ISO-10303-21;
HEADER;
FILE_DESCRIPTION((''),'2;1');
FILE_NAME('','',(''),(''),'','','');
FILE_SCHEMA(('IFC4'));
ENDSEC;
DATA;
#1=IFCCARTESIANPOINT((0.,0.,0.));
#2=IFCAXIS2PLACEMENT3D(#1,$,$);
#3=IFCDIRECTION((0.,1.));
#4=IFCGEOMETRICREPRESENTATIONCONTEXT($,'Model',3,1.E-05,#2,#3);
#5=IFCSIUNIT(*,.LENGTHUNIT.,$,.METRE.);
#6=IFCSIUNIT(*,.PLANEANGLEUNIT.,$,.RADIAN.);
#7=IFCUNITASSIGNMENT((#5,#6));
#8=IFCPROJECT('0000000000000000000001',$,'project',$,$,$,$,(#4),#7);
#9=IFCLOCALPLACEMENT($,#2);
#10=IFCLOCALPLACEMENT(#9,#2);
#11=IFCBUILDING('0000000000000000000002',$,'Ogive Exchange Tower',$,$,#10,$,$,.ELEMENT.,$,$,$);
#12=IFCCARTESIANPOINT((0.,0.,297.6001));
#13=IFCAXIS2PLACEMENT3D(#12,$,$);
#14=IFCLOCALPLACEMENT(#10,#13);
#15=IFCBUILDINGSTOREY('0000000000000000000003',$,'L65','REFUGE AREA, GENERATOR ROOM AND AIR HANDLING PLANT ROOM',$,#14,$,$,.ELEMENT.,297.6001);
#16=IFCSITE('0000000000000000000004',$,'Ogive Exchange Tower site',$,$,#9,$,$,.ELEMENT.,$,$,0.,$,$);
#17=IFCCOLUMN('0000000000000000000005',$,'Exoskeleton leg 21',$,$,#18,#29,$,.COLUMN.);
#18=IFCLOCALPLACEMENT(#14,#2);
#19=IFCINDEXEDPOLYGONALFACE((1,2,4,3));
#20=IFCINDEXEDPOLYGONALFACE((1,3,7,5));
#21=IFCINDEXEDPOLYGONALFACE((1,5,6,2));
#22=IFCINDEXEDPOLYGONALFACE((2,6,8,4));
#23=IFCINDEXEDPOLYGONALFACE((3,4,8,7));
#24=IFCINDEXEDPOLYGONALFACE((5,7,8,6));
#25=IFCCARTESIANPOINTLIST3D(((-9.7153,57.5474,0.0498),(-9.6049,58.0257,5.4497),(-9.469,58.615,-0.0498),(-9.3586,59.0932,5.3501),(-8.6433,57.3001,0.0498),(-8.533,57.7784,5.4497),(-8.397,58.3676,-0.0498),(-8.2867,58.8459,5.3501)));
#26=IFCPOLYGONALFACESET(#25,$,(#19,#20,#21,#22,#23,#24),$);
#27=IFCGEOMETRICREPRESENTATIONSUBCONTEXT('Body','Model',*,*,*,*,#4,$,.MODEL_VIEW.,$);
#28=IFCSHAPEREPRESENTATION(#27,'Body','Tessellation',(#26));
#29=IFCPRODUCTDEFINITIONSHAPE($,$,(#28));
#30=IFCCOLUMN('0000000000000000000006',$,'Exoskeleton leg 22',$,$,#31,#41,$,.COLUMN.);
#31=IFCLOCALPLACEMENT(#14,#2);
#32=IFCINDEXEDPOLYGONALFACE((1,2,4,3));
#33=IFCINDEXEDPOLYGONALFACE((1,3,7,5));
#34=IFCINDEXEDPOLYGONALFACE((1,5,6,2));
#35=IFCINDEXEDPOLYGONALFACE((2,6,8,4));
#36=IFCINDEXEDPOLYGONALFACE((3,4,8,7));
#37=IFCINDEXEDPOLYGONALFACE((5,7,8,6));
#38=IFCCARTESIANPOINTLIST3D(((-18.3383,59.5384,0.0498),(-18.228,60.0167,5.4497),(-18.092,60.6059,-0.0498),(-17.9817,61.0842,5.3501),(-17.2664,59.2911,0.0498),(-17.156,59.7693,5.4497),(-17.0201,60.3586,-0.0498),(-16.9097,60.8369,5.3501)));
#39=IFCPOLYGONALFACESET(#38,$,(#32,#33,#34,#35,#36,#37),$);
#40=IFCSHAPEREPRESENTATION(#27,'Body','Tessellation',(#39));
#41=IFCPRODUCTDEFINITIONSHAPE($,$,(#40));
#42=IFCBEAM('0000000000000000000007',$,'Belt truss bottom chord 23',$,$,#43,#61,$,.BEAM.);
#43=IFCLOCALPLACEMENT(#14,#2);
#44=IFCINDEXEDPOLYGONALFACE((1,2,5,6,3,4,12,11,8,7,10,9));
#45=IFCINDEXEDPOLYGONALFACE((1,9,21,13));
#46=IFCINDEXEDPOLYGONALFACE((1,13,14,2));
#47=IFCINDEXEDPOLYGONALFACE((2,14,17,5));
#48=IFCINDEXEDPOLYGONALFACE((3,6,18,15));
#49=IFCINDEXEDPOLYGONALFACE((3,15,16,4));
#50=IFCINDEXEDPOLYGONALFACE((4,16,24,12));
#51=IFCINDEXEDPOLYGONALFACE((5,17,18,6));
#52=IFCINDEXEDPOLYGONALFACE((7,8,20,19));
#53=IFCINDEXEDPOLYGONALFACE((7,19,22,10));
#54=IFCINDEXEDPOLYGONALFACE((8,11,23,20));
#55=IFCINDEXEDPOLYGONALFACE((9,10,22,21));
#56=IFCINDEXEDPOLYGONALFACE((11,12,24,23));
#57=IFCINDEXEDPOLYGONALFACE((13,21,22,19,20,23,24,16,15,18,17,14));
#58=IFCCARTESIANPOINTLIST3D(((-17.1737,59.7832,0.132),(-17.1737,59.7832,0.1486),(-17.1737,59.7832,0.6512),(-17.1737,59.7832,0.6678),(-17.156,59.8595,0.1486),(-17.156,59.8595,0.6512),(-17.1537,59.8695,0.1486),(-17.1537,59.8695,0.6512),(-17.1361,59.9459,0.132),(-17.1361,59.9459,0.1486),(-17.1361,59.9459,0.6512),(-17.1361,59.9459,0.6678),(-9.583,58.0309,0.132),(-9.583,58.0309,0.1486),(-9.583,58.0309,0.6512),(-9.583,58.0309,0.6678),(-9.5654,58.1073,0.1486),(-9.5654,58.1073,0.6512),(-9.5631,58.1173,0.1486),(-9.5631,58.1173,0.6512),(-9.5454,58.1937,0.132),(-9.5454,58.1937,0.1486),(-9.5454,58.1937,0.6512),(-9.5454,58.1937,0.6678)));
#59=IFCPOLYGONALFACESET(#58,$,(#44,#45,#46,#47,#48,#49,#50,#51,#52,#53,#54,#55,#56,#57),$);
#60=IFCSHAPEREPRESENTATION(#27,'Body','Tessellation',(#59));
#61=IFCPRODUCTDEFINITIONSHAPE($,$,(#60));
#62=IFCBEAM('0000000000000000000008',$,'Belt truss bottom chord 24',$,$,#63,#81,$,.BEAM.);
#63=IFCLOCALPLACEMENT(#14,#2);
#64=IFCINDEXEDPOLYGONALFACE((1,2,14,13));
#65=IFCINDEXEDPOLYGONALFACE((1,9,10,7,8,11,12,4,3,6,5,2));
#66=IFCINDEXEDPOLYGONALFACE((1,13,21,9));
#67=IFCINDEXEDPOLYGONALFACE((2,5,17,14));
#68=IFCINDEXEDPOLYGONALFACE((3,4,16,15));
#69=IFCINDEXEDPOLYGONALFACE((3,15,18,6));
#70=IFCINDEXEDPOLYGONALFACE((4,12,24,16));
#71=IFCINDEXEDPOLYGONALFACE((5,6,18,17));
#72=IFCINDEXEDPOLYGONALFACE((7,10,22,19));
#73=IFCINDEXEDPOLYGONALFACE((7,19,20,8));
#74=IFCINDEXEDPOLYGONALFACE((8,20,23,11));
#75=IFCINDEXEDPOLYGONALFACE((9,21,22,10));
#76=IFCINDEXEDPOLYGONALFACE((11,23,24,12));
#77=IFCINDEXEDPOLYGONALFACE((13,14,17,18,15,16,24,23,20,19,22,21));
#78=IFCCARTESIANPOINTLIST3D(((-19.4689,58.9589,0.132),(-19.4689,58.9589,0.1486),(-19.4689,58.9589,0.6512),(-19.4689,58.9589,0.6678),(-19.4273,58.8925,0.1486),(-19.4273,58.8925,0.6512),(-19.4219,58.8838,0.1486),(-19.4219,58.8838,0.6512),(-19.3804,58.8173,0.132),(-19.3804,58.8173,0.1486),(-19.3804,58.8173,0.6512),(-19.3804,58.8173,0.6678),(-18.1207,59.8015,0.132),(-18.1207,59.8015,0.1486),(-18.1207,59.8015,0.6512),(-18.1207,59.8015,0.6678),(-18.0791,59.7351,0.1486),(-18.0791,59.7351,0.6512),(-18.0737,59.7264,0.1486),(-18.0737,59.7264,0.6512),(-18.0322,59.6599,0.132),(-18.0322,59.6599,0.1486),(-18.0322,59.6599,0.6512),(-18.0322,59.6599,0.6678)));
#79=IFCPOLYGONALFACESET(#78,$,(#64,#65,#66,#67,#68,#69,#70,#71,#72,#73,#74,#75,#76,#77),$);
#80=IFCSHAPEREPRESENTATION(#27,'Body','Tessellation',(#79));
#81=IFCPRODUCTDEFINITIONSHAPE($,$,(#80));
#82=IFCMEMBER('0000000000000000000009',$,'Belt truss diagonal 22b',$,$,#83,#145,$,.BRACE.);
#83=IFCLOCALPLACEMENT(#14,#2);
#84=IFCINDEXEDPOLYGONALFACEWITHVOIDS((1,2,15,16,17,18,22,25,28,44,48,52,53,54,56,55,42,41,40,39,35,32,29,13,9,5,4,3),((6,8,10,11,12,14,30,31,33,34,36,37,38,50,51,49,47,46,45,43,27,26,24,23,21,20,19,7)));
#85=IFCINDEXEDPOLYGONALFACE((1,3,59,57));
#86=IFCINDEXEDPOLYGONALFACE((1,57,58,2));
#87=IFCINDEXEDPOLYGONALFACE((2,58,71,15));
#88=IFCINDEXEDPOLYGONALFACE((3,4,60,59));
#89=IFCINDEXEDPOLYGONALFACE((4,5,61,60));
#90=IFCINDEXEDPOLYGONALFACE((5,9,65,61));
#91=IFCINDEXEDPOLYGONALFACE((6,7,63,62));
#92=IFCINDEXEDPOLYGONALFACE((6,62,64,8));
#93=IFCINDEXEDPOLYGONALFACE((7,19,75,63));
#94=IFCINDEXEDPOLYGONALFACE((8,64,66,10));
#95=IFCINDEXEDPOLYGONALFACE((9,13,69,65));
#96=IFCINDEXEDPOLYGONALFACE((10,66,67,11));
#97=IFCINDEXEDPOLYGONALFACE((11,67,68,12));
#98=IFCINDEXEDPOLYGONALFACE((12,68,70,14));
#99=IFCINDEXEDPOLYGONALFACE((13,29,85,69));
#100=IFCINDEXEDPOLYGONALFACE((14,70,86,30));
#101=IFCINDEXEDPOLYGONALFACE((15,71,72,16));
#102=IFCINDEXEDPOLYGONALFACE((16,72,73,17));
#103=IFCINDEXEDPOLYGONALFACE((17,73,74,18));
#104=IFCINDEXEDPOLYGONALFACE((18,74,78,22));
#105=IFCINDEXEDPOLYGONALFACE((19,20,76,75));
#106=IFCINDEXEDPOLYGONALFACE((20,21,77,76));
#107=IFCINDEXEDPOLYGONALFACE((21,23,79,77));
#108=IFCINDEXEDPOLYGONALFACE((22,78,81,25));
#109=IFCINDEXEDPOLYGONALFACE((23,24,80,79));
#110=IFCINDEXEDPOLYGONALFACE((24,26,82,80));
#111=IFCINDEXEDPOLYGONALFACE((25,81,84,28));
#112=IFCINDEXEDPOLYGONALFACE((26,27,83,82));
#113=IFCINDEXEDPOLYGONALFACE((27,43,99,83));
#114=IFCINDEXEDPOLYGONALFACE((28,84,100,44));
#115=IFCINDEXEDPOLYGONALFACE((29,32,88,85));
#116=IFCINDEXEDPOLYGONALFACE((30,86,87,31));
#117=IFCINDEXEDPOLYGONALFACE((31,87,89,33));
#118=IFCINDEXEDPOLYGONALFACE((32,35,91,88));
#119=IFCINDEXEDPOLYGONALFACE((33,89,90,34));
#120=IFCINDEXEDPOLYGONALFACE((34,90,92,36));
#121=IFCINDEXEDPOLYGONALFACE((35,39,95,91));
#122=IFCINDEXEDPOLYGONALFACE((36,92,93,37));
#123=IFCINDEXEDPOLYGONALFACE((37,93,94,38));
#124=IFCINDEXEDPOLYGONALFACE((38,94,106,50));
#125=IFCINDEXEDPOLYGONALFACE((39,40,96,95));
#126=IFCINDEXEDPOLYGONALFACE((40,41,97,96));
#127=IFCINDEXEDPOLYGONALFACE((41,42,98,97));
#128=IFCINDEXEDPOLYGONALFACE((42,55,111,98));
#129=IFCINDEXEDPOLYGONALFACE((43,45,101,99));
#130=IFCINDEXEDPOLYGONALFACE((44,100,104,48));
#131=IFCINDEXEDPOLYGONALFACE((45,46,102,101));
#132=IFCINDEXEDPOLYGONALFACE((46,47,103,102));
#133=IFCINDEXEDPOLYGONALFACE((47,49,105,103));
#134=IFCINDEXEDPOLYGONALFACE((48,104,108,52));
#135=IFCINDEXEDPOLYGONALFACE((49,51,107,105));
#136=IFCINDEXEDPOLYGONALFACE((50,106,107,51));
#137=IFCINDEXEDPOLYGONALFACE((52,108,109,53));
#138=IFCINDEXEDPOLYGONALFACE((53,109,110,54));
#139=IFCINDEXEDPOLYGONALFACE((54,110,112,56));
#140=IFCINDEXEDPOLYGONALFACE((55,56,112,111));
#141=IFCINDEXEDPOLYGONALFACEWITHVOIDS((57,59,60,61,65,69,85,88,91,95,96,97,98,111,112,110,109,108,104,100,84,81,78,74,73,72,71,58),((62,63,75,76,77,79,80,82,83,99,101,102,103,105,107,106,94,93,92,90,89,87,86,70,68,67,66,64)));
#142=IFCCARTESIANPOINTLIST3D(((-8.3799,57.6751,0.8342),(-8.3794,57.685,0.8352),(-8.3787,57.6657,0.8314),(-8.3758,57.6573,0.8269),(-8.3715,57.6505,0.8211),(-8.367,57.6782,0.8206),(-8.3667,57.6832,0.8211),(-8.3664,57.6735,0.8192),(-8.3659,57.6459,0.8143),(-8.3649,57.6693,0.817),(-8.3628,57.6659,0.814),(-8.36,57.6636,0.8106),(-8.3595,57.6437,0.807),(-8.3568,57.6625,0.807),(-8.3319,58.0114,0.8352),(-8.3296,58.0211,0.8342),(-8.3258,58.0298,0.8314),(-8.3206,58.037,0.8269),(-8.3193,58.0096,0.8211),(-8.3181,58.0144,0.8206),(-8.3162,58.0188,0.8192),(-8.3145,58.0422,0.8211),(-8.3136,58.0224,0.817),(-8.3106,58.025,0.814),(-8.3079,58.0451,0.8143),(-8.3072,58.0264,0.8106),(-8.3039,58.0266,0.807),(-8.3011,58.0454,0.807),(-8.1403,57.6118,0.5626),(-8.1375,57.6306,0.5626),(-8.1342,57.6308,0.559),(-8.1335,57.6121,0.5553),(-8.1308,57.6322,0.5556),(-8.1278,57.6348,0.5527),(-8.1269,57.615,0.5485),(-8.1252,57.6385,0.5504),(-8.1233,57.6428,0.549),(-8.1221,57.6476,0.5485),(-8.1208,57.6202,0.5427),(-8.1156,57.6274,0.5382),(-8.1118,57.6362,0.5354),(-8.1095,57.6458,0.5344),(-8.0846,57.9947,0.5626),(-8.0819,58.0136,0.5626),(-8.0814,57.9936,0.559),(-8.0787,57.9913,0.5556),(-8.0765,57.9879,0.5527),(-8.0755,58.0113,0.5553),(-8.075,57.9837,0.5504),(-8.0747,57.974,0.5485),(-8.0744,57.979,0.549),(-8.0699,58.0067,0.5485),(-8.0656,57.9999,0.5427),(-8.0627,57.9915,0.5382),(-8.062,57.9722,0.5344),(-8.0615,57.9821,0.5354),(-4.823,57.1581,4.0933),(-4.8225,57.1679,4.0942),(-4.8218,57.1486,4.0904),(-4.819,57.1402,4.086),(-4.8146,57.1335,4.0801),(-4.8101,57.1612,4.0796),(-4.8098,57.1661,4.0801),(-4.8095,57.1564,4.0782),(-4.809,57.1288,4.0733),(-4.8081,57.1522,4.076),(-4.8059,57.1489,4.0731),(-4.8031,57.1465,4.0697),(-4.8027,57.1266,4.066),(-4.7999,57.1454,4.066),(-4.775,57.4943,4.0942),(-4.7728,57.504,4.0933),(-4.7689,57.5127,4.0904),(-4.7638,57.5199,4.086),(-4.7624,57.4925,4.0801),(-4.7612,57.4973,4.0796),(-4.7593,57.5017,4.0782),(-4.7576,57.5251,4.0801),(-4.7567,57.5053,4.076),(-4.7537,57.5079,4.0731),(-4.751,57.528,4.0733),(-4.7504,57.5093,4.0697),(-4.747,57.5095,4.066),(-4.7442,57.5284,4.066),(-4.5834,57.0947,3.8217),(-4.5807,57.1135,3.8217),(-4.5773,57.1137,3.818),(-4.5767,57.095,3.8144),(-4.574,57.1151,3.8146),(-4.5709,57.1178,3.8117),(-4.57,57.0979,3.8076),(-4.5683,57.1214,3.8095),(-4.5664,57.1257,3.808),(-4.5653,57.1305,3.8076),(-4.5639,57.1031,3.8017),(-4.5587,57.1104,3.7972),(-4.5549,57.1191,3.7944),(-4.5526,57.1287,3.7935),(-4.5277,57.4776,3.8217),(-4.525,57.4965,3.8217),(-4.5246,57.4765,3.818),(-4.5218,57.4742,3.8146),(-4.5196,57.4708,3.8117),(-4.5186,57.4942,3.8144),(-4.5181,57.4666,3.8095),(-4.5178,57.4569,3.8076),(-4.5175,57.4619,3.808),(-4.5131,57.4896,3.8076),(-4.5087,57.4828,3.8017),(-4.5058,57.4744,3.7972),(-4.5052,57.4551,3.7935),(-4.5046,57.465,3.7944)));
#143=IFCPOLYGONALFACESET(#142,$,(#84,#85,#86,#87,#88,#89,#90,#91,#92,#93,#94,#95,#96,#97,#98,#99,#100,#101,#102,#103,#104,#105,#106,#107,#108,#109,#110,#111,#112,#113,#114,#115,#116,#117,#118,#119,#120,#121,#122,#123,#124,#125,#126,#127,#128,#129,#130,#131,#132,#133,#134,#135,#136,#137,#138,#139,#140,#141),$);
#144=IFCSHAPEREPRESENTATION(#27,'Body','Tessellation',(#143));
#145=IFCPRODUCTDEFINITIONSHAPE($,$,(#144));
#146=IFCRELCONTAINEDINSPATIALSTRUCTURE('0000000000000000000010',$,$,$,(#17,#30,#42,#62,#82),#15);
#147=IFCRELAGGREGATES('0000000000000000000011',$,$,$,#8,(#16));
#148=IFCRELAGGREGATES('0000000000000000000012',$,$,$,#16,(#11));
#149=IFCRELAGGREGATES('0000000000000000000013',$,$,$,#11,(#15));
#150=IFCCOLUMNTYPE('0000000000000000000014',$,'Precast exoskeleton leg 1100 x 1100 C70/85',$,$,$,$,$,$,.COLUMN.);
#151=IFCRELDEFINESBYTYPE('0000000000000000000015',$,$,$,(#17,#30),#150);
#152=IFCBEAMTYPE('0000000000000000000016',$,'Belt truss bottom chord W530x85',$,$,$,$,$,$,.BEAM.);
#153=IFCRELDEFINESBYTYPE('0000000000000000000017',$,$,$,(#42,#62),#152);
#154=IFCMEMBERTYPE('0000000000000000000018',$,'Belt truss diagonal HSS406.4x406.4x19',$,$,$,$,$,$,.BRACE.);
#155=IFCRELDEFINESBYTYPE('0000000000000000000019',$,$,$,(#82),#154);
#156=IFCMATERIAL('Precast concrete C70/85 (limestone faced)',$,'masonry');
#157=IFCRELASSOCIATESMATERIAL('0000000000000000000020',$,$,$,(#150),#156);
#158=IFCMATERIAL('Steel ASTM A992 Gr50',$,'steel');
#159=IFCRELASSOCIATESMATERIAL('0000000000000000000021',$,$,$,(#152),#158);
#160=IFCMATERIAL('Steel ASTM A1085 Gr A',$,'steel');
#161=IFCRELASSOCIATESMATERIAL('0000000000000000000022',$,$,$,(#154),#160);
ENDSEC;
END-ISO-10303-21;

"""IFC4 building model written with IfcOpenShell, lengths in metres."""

from ifc_helpers import new_model, si_unit, direction, frame, origin, origin_2d, place, context, subcontext, project, spatial, rectangle, hollow_rectangle, i_section, extrude, material, material_profile, profile_set, type_object, element, save


model = new_model("IFC4")

# Units and contexts
model_context = context("Model", 3, precision=1e-05, world=origin(), true_north=direction((0.0, 1.0)))
body_context = subcontext(model_context, "Body", "Model", "MODEL_VIEW")
ifc_project = project(units=[si_unit("LENGTHUNIT", "METRE"), si_unit("PLANEANGLEUNIT", "RADIAN")], contexts=[model_context])

# Site, building, storey
site_placement = place(None, origin())
site = spatial("IfcSite", under=ifc_project, at=site_placement, Name="Ogive Exchange Tower site", CompositionType="ELEMENT", RefElevation=0.0)
building_placement = place(site_placement, origin())
building = spatial("IfcBuilding", under=site, at=building_placement, Name="Ogive Exchange Tower", CompositionType="ELEMENT")
storey_placement = place(building_placement, frame((0.0, 0.0, 297.6001)))
storey = spatial("IfcBuildingStorey", under=building, at=storey_placement, Name="L65", Description="REFUGE AREA, GENERATOR ROOM AND AIR HANDLING PLANT ROOM", CompositionType="ELEMENT", Elevation=297.6001)

# Columns
ifc_material_1 = material(Name="Precast concrete C70/85 (limestone faced)", Category="masonry")
ifc_material_profile_1 = material_profile(ifc_material_1, rectangle(XDim=1.1001, YDim=1.1001, at=origin_2d()), Name="1100 x 1100")
ifc_profile_set_1 = profile_set([ifc_material_profile_1], Name="Precast concrete C70/85 (limestone faced)")
column_type = type_object("IfcColumnType", Name="Precast exoskeleton leg 1100 x 1100 C70/85", PredefinedType="COLUMN", material=ifc_profile_set_1)
for number, where, z_axis, x_axis, name in (
    (1, (-9.0562, 57.9575, 0.0), (0.020352, 0.088207, 0.995894), (-0.9744, 0.224823, 0.0), "Exoskeleton leg 21"),
    (2, (-17.6792, 59.9485, 0.0), (0.020352, 0.088207, 0.995894), (-0.9744, 0.224823, 0.0), "Exoskeleton leg 22"),
):
    element("IfcColumn", number, at=place(storey_placement, frame(where, z_axis=z_axis, x_axis=x_axis)), inside=storey, type_object=column_type, Name=name, PredefinedType="COLUMN", context=body_context, shape_type="SweptSolid", body=[
        extrude(rectangle(XDim=1.1001, YDim=1.1001, at=origin_2d()), origin(), (0.0, 0.0, 1.0), 5.4221),
    ])

# Beams
ifc_material_2 = material(Name="Steel ASTM A992 Gr50", Category="steel")
ifc_material_profile_2 = material_profile(ifc_material_2, i_section(OverallWidth=0.167, OverallDepth=0.5359, WebThickness=0.0103, FlangeThickness=0.0166, at=origin_2d()), Name="W530x85")
ifc_profile_set_2 = profile_set([ifc_material_profile_2], Name="Steel ASTM A992 Gr50")
beam_type_1 = type_object("IfcBeamType", Name="Belt truss bottom chord W530x85", PredefinedType="BEAM", material=ifc_profile_set_2)
beam_1_placement = place(storey_placement, frame((-9.5642, 58.1123, 0.3999), z_axis=(-0.974376, 0.224924, 0.0), x_axis=(-0.224924, -0.974376, 0.0)))
element("IfcBeam", 3, at=beam_1_placement, inside=storey, type_object=beam_type_1, Name="Belt truss bottom chord 23", PredefinedType="BEAM", context=body_context, shape_type="SweptSolid", body=[
    extrude(i_section(OverallWidth=0.167, OverallDepth=0.5359, WebThickness=0.0103, FlangeThickness=0.0166, at=origin_2d()), origin(), (0.0, 0.0, 1.0), 7.7903),
])
beam_2_placement = place(storey_placement, frame((-18.0764, 59.7307, 0.3999), z_axis=(-0.848016, -0.529971, 0.0), x_axis=(0.529971, -0.848016, 0.0)))
element("IfcBeam", 4, at=beam_2_placement, inside=storey, type_object=beam_type_1, Name="Belt truss bottom chord 24", PredefinedType="BEAM", context=body_context, shape_type="SweptSolid", body=[
    extrude(i_section(OverallWidth=0.167, OverallDepth=0.5359, WebThickness=0.0103, FlangeThickness=0.0166, at=origin_2d()), origin(), (0.0, 0.0, 1.0), 1.5898),
])

# Member
ifc_material_3 = material(Name="Steel ASTM A1085 Gr A", Category="steel")
ifc_material_profile_3 = material_profile(ifc_material_3, hollow_rectangle(XDim=0.406, YDim=0.406, WallThickness=0.019, InnerFilletRadius=0.019, OuterFilletRadius=0.0381, at=origin_2d()), Name="HSS406.4x406.4x19")
ifc_profile_set_3 = profile_set([ifc_material_profile_3], Name="Steel ASTM A1085 Gr A")
member_type = type_object("IfcMemberType", Name="Belt truss diagonal HSS406.4x406.4x19", PredefinedType="BRACE", material=ifc_profile_set_3)
for number, where, z_axis, x_axis, name in (
    (5, (-8.2207, 57.8286, 0.6848), (0.733104, -0.106577, 0.671714), (0.143865, 0.989597, 0.0), "Belt truss diagonal 22b"),
):
    element("IfcMember", number, at=place(storey_placement, frame(where, z_axis=z_axis, x_axis=x_axis)), inside=storey, type_object=member_type, Name=name, PredefinedType="BRACE", context=body_context, shape_type="SweptSolid", body=[
        extrude(hollow_rectangle(XDim=0.406, YDim=0.406, WallThickness=0.019, InnerFilletRadius=0.019, OuterFilletRadius=0.0381, at=origin_2d()), origin(), (0.0, 0.0, 1.0), 4.8518),
    ])

save(model, "model.ifc")
